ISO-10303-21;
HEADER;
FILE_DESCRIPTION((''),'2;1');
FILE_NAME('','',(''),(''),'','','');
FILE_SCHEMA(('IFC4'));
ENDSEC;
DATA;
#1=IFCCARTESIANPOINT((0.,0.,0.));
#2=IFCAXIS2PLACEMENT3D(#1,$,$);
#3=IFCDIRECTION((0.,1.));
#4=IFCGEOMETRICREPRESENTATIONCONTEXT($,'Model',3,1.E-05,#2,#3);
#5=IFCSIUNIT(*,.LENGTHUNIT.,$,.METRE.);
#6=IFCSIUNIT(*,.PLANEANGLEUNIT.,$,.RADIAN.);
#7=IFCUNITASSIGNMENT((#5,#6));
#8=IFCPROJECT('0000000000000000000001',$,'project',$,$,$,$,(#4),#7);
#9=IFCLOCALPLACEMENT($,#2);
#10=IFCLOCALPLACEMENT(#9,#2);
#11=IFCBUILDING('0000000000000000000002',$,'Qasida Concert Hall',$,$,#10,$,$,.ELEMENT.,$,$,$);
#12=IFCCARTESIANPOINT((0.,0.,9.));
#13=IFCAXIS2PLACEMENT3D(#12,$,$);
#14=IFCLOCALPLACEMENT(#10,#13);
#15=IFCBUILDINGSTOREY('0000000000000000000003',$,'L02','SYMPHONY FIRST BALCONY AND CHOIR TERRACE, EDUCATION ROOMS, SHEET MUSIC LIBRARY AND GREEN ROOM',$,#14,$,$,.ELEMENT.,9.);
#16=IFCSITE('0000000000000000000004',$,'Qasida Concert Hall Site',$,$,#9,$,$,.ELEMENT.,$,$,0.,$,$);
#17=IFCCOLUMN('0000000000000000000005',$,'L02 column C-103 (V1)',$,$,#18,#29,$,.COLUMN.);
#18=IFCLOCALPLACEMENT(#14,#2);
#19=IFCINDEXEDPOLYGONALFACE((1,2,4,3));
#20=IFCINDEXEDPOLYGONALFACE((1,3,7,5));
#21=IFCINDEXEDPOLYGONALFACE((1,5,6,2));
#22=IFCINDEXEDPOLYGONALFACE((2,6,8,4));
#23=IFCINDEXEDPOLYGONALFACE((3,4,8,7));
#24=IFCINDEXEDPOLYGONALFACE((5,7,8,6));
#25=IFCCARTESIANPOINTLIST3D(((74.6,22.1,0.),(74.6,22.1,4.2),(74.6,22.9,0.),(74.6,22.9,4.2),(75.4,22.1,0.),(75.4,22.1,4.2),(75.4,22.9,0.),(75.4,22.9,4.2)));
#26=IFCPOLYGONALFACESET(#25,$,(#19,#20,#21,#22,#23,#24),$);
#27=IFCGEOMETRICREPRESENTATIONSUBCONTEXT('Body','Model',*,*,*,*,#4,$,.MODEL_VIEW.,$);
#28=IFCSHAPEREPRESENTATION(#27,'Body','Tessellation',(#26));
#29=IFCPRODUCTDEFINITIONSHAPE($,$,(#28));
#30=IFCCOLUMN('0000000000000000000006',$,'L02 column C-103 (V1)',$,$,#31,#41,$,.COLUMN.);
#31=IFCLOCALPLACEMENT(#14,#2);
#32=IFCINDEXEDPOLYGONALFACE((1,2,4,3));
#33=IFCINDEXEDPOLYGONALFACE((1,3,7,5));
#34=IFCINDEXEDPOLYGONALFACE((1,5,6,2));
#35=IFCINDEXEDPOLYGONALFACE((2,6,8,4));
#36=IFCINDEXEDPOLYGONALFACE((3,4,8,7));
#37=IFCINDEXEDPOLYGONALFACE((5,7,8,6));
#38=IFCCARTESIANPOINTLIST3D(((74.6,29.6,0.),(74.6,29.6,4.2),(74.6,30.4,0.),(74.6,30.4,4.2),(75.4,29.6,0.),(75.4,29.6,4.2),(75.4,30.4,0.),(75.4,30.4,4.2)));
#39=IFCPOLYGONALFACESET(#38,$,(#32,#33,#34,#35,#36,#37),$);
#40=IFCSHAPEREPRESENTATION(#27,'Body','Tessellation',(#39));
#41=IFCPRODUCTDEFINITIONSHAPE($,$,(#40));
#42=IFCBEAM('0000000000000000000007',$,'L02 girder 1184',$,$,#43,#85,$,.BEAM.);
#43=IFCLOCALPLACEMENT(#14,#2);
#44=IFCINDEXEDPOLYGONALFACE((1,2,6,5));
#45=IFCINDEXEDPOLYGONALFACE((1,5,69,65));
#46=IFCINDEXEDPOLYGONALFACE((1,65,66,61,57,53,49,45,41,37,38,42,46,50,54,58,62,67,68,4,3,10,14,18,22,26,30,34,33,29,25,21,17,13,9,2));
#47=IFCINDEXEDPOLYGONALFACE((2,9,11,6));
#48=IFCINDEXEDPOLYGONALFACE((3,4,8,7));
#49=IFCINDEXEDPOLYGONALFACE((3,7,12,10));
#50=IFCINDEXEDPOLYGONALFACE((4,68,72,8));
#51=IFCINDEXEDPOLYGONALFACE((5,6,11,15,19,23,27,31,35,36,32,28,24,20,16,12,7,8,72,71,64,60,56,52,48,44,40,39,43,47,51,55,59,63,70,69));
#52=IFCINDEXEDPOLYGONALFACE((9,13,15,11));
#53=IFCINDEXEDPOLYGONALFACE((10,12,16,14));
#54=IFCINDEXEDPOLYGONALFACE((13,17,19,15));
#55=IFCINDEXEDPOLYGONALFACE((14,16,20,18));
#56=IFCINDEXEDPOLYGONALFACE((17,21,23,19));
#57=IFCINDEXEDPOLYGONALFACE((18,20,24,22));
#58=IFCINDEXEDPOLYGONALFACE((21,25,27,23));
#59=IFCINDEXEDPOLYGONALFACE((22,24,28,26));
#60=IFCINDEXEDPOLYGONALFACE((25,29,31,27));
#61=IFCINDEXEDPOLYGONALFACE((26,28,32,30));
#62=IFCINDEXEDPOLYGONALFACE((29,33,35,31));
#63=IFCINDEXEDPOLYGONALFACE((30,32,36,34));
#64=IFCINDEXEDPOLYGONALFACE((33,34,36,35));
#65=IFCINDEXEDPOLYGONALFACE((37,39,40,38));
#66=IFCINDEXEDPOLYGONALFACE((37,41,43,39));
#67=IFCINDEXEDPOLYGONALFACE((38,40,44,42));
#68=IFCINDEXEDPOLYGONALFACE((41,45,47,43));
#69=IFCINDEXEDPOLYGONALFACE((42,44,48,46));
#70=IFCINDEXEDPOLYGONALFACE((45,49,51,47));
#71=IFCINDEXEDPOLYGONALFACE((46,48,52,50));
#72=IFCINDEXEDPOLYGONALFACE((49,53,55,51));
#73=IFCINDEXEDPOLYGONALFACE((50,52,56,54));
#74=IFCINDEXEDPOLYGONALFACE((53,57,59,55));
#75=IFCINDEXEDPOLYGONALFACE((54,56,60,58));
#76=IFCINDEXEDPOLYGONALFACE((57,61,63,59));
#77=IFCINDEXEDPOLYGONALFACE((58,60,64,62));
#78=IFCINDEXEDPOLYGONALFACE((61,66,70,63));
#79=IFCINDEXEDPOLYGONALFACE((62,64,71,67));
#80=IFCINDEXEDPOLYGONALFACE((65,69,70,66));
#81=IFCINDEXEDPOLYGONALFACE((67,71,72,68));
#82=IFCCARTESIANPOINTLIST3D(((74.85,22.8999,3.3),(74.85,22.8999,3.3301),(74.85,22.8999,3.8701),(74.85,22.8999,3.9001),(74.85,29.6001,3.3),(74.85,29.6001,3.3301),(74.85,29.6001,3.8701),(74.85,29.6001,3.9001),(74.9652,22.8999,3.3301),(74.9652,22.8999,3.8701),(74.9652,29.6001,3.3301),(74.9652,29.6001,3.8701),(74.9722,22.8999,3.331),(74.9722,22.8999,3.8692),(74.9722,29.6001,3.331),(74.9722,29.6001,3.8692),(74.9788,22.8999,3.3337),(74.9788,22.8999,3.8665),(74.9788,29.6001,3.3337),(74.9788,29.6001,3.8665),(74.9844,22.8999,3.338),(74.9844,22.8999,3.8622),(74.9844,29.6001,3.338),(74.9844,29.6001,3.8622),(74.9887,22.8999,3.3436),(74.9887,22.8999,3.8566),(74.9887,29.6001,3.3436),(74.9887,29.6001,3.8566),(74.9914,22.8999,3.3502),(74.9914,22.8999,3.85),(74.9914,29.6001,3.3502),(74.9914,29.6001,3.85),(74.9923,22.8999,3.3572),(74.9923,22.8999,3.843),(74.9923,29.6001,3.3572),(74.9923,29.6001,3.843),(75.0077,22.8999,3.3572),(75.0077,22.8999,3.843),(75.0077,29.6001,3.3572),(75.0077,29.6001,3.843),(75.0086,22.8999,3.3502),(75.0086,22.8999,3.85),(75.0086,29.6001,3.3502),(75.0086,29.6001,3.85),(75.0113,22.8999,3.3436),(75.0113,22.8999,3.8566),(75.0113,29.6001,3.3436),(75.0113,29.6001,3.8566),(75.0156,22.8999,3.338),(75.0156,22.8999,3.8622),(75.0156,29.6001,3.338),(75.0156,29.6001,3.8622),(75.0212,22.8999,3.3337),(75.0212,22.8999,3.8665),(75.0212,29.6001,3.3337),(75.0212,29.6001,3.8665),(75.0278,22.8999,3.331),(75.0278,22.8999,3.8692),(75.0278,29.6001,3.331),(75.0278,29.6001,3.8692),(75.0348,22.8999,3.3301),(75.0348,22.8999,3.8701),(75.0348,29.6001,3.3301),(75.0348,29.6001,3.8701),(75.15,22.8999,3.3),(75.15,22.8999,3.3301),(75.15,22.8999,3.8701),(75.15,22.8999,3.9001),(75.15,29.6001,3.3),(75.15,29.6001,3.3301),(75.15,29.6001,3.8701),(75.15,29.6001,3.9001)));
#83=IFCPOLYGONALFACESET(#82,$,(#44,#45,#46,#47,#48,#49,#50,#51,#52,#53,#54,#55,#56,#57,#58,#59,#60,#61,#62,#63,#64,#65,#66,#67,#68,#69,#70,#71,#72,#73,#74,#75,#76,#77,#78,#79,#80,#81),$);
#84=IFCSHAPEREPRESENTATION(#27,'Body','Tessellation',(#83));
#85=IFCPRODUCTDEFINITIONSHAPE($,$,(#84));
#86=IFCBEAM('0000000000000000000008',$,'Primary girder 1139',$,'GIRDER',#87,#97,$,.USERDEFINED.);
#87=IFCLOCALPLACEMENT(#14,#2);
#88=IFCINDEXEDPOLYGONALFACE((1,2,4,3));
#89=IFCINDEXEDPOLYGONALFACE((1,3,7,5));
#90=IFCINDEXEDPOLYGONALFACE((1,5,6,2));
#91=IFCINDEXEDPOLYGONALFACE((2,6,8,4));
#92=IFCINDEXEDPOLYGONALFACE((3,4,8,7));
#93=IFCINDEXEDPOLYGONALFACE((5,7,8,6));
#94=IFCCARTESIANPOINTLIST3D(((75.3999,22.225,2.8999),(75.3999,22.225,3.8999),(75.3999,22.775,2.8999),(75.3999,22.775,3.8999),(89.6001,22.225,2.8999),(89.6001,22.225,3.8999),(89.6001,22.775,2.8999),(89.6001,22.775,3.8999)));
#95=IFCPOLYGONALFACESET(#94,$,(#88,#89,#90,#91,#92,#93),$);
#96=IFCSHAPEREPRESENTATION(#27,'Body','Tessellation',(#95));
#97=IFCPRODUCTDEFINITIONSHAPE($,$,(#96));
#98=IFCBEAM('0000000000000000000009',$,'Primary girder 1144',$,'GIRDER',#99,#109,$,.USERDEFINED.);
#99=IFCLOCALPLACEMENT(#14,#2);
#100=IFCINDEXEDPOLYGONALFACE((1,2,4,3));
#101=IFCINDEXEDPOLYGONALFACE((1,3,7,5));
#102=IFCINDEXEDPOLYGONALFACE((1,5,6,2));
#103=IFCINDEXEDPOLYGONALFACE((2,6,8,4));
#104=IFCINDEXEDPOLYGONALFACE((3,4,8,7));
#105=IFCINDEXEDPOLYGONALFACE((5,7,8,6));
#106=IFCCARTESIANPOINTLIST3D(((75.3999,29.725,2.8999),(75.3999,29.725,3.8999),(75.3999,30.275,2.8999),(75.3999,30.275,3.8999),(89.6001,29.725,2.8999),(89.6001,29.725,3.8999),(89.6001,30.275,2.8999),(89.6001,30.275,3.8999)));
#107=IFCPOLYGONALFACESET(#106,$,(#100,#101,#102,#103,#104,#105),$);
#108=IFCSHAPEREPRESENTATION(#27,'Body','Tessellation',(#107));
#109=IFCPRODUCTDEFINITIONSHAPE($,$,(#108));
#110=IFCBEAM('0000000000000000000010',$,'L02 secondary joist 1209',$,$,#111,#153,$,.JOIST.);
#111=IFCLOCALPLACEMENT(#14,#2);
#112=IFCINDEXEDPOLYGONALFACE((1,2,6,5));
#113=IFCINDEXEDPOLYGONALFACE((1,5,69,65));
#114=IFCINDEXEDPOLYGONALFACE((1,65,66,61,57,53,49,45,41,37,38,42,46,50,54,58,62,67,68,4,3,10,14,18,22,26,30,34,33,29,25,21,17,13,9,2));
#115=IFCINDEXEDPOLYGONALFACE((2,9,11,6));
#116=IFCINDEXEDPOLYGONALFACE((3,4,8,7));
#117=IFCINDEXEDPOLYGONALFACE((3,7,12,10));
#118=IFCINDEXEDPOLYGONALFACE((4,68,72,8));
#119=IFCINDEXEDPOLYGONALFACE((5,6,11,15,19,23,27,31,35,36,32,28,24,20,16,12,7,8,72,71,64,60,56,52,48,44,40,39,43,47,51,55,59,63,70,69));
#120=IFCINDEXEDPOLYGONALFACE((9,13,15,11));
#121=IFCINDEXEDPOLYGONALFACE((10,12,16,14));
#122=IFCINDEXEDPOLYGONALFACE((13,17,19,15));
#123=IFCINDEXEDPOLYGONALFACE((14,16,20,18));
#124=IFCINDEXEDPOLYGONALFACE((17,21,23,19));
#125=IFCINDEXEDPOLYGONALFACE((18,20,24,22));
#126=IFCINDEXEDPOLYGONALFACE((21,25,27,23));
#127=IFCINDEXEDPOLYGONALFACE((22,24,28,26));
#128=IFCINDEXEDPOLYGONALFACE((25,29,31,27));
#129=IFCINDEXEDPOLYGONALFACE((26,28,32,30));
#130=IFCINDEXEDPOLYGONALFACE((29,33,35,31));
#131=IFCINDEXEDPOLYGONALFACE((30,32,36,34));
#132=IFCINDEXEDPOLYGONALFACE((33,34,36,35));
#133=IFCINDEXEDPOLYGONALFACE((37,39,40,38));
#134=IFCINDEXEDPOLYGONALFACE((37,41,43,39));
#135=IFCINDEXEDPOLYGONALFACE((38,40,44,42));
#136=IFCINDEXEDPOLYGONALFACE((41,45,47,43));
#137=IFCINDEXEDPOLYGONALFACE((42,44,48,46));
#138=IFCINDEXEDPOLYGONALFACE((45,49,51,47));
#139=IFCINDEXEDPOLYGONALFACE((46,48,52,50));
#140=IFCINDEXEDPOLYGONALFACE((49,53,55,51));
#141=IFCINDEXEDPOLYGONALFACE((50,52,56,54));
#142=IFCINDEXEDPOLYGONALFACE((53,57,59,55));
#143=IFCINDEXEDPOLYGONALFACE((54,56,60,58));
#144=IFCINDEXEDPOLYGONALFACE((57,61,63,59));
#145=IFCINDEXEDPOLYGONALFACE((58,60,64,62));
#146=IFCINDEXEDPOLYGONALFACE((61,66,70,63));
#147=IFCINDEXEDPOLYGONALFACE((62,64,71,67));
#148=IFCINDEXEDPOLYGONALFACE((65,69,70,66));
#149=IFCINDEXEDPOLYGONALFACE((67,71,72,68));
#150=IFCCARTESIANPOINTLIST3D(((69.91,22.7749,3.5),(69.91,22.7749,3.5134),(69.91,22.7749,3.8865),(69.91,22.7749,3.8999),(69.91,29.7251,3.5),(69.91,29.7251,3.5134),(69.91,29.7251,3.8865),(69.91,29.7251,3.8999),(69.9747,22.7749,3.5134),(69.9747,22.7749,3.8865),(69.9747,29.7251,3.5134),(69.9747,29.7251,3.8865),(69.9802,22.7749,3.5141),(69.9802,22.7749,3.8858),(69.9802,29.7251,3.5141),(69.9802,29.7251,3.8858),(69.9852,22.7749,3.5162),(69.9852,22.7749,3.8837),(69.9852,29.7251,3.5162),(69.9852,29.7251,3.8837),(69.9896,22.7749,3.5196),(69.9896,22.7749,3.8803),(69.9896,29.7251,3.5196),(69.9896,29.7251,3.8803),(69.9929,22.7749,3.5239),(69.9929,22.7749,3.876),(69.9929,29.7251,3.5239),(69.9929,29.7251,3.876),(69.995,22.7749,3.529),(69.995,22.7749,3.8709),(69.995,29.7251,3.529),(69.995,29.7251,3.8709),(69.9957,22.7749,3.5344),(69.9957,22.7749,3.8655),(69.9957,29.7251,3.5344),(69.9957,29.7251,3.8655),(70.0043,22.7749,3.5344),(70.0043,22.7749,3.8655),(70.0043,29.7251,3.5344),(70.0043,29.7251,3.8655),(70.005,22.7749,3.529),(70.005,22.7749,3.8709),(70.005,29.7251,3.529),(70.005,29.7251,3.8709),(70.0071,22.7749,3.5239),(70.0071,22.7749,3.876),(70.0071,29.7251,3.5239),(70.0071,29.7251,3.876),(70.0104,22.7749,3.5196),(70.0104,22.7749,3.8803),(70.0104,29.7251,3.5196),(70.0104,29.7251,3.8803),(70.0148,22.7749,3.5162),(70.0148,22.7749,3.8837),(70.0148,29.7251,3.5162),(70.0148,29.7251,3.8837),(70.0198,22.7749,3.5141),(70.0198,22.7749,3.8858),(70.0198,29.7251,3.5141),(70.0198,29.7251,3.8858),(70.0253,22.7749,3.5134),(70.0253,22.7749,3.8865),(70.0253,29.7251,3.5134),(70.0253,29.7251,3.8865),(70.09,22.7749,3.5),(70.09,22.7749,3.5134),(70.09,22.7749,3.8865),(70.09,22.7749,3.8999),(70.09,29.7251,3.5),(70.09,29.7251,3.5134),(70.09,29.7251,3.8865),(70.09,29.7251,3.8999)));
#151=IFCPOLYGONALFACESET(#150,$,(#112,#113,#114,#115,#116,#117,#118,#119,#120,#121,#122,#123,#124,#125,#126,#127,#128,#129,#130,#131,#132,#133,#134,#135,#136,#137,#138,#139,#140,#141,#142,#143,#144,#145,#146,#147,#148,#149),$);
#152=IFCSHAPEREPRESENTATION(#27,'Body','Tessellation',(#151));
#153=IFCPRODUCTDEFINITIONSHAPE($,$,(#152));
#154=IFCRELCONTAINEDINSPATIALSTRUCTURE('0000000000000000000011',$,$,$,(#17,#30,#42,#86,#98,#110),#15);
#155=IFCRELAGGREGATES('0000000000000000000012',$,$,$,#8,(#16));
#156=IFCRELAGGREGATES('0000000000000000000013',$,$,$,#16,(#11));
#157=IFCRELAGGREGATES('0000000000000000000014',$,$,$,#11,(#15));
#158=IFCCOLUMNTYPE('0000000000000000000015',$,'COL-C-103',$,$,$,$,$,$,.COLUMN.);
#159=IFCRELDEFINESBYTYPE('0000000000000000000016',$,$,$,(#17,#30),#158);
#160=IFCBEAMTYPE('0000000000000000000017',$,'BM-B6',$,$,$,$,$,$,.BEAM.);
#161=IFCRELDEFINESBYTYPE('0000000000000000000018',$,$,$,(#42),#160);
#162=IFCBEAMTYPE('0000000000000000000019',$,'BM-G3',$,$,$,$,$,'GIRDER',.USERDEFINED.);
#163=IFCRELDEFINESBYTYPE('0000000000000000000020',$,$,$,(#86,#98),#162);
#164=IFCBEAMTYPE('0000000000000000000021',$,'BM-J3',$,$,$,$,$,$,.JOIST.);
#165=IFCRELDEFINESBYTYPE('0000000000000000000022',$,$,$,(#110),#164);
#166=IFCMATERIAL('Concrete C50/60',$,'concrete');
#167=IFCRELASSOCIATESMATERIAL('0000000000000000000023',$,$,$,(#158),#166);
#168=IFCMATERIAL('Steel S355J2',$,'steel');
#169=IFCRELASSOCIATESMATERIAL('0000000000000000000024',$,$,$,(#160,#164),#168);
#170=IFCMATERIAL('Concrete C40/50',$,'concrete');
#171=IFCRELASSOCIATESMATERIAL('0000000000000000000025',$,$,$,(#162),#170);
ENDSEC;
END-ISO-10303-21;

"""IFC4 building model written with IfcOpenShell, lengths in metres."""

from ifc_helpers import new_model, si_unit, direction, frame, origin, origin_2d, place, context, subcontext, project, spatial, rectangle, i_section, extrude, material, material_profile, profile_set, type_object, element, save


model = new_model("IFC4")

# Units and contexts
model_context = context("Model", 3, precision=1e-05, world=origin(), true_north=direction((0.0, 1.0)))
body_context = subcontext(model_context, "Body", "Model", "MODEL_VIEW")
ifc_project = project(units=[si_unit("LENGTHUNIT", "METRE"), si_unit("PLANEANGLEUNIT", "RADIAN")], contexts=[model_context])

# Site, building, storey
site_placement = place(None, origin())
site = spatial("IfcSite", under=ifc_project, at=site_placement, Name="Qasida Concert Hall Site", CompositionType="ELEMENT", RefElevation=0.0)
building_placement = place(site_placement, origin())
building = spatial("IfcBuilding", under=site, at=building_placement, Name="Qasida Concert Hall", CompositionType="ELEMENT")
storey_placement = place(building_placement, frame((0.0, 0.0, 9.0)))
storey = spatial("IfcBuildingStorey", under=building, at=storey_placement, Name="L02", Description="SYMPHONY FIRST BALCONY AND CHOIR TERRACE, EDUCATION ROOMS, SHEET MUSIC LIBRARY AND GREEN ROOM", CompositionType="ELEMENT", Elevation=9.0)

# Columns
ifc_material_1 = material(Name="Concrete C50/60", Category="concrete")
ifc_material_profile_1 = material_profile(ifc_material_1, rectangle(XDim=0.8, YDim=0.8, at=origin_2d()), Name="RC 800x800")
ifc_profile_set_1 = profile_set([ifc_material_profile_1], Name="Concrete C50/60")
column_type = type_object("IfcColumnType", Name="COL-C-103", PredefinedType="COLUMN", material=ifc_profile_set_1)
for number, where, z_axis, x_axis, name in (
    (1, (75.0, 22.5, 0.0), (0.0, 0.0, 1.0), (1.0, 0.0, 0.0), "L02 column C-103 (V1)"),
    (2, (75.0, 30.0, 0.0), (0.0, 0.0, 1.0), (1.0, 0.0, 0.0), "L02 column C-103 (V1)"),
):
    element("IfcColumn", number, at=place(storey_placement, frame(where, z_axis=z_axis, x_axis=x_axis)), inside=storey, type_object=column_type, Name=name, PredefinedType="COLUMN", context=body_context, shape_type="SweptSolid", body=[
        extrude(rectangle(XDim=0.8, YDim=0.8, at=origin_2d()), origin(), (0.0, 0.0, 1.0), 4.2),
    ])

# Beams
ifc_material_2 = material(Name="Steel S355J2", Category="steel")
ifc_material_profile_2 = material_profile(ifc_material_2, i_section(OverallWidth=0.3, OverallDepth=0.6001, WebThickness=0.0154, FlangeThickness=0.03, FilletRadius=0.0271, at=origin_2d()), Name="HEB 600")
ifc_profile_set_2 = profile_set([ifc_material_profile_2], Name="Steel S355J2")
beam_type_1 = type_object("IfcBeamType", Name="BM-B6", PredefinedType="BEAM", material=ifc_profile_set_2)
beam_1_placement = place(storey_placement, frame((75.0, 22.8999, 3.6001), z_axis=(0.0, 1.0, 0.0), x_axis=(-1.0, 0.0, 0.0)))
element("IfcBeam", 3, at=beam_1_placement, inside=storey, type_object=beam_type_1, Name="L02 girder 1184", PredefinedType="BEAM", context=body_context, shape_type="SweptSolid", body=[
    extrude(i_section(OverallWidth=0.3, OverallDepth=0.6001, WebThickness=0.0154, FlangeThickness=0.03, FilletRadius=0.0271, at=origin_2d()), origin(), (0.0, 0.0, 1.0), 6.7002),
])
ifc_material_3 = material(Name="Concrete C40/50", Category="concrete")
ifc_material_profile_3 = material_profile(ifc_material_3, rectangle(XDim=0.55, YDim=1.0, at=origin_2d()), Name="RC 550x1000")
ifc_profile_set_3 = profile_set([ifc_material_profile_3], Name="Concrete C40/50")
beam_type_2 = type_object("IfcBeamType", Name="BM-G3", ElementType="GIRDER", PredefinedType="USERDEFINED", material=ifc_profile_set_3)
for number, where, z_axis, x_axis, name in (
    (4, (75.3999, 22.5, 3.3999), (1.0, 0.0, 0.0), (0.0, 1.0, 0.0), "Primary girder 1139"),
    (5, (75.3999, 30.0, 3.3999), (1.0, 0.0, 0.0), (0.0, 1.0, 0.0), "Primary girder 1144"),
):
    element("IfcBeam", number, at=place(storey_placement, frame(where, z_axis=z_axis, x_axis=x_axis)), inside=storey, type_object=beam_type_2, Name=name, ObjectType="GIRDER", PredefinedType="USERDEFINED", context=body_context, shape_type="SweptSolid", body=[
        extrude(rectangle(XDim=0.55, YDim=1.0, at=origin_2d()), origin(), (0.0, 0.0, 1.0), 14.2002),
    ])
ifc_material_profile_4 = material_profile(ifc_material_2, i_section(OverallWidth=0.1799, OverallDepth=0.3999, WebThickness=0.0085, FlangeThickness=0.0134, FilletRadius=0.021, at=origin_2d()), Name="IPE 400")
ifc_profile_set_4 = profile_set([ifc_material_profile_4], Name="Steel S355J2")
beam_type_3 = type_object("IfcBeamType", Name="BM-J3", PredefinedType="JOIST", material=ifc_profile_set_4)
beam_2_placement = place(storey_placement, frame((70.0, 22.7749, 3.7), z_axis=(0.0, 1.0, 0.0), x_axis=(-1.0, 0.0, 0.0)))
element("IfcBeam", 6, at=beam_2_placement, inside=storey, type_object=beam_type_3, Name="L02 secondary joist 1209", PredefinedType="JOIST", context=body_context, shape_type="SweptSolid", body=[
    extrude(i_section(OverallWidth=0.1799, OverallDepth=0.3999, WebThickness=0.0085, FlangeThickness=0.0134, FilletRadius=0.021, at=origin_2d()), origin(), (0.0, 0.0, 1.0), 6.9502),
])

save(model, "model.ifc")
